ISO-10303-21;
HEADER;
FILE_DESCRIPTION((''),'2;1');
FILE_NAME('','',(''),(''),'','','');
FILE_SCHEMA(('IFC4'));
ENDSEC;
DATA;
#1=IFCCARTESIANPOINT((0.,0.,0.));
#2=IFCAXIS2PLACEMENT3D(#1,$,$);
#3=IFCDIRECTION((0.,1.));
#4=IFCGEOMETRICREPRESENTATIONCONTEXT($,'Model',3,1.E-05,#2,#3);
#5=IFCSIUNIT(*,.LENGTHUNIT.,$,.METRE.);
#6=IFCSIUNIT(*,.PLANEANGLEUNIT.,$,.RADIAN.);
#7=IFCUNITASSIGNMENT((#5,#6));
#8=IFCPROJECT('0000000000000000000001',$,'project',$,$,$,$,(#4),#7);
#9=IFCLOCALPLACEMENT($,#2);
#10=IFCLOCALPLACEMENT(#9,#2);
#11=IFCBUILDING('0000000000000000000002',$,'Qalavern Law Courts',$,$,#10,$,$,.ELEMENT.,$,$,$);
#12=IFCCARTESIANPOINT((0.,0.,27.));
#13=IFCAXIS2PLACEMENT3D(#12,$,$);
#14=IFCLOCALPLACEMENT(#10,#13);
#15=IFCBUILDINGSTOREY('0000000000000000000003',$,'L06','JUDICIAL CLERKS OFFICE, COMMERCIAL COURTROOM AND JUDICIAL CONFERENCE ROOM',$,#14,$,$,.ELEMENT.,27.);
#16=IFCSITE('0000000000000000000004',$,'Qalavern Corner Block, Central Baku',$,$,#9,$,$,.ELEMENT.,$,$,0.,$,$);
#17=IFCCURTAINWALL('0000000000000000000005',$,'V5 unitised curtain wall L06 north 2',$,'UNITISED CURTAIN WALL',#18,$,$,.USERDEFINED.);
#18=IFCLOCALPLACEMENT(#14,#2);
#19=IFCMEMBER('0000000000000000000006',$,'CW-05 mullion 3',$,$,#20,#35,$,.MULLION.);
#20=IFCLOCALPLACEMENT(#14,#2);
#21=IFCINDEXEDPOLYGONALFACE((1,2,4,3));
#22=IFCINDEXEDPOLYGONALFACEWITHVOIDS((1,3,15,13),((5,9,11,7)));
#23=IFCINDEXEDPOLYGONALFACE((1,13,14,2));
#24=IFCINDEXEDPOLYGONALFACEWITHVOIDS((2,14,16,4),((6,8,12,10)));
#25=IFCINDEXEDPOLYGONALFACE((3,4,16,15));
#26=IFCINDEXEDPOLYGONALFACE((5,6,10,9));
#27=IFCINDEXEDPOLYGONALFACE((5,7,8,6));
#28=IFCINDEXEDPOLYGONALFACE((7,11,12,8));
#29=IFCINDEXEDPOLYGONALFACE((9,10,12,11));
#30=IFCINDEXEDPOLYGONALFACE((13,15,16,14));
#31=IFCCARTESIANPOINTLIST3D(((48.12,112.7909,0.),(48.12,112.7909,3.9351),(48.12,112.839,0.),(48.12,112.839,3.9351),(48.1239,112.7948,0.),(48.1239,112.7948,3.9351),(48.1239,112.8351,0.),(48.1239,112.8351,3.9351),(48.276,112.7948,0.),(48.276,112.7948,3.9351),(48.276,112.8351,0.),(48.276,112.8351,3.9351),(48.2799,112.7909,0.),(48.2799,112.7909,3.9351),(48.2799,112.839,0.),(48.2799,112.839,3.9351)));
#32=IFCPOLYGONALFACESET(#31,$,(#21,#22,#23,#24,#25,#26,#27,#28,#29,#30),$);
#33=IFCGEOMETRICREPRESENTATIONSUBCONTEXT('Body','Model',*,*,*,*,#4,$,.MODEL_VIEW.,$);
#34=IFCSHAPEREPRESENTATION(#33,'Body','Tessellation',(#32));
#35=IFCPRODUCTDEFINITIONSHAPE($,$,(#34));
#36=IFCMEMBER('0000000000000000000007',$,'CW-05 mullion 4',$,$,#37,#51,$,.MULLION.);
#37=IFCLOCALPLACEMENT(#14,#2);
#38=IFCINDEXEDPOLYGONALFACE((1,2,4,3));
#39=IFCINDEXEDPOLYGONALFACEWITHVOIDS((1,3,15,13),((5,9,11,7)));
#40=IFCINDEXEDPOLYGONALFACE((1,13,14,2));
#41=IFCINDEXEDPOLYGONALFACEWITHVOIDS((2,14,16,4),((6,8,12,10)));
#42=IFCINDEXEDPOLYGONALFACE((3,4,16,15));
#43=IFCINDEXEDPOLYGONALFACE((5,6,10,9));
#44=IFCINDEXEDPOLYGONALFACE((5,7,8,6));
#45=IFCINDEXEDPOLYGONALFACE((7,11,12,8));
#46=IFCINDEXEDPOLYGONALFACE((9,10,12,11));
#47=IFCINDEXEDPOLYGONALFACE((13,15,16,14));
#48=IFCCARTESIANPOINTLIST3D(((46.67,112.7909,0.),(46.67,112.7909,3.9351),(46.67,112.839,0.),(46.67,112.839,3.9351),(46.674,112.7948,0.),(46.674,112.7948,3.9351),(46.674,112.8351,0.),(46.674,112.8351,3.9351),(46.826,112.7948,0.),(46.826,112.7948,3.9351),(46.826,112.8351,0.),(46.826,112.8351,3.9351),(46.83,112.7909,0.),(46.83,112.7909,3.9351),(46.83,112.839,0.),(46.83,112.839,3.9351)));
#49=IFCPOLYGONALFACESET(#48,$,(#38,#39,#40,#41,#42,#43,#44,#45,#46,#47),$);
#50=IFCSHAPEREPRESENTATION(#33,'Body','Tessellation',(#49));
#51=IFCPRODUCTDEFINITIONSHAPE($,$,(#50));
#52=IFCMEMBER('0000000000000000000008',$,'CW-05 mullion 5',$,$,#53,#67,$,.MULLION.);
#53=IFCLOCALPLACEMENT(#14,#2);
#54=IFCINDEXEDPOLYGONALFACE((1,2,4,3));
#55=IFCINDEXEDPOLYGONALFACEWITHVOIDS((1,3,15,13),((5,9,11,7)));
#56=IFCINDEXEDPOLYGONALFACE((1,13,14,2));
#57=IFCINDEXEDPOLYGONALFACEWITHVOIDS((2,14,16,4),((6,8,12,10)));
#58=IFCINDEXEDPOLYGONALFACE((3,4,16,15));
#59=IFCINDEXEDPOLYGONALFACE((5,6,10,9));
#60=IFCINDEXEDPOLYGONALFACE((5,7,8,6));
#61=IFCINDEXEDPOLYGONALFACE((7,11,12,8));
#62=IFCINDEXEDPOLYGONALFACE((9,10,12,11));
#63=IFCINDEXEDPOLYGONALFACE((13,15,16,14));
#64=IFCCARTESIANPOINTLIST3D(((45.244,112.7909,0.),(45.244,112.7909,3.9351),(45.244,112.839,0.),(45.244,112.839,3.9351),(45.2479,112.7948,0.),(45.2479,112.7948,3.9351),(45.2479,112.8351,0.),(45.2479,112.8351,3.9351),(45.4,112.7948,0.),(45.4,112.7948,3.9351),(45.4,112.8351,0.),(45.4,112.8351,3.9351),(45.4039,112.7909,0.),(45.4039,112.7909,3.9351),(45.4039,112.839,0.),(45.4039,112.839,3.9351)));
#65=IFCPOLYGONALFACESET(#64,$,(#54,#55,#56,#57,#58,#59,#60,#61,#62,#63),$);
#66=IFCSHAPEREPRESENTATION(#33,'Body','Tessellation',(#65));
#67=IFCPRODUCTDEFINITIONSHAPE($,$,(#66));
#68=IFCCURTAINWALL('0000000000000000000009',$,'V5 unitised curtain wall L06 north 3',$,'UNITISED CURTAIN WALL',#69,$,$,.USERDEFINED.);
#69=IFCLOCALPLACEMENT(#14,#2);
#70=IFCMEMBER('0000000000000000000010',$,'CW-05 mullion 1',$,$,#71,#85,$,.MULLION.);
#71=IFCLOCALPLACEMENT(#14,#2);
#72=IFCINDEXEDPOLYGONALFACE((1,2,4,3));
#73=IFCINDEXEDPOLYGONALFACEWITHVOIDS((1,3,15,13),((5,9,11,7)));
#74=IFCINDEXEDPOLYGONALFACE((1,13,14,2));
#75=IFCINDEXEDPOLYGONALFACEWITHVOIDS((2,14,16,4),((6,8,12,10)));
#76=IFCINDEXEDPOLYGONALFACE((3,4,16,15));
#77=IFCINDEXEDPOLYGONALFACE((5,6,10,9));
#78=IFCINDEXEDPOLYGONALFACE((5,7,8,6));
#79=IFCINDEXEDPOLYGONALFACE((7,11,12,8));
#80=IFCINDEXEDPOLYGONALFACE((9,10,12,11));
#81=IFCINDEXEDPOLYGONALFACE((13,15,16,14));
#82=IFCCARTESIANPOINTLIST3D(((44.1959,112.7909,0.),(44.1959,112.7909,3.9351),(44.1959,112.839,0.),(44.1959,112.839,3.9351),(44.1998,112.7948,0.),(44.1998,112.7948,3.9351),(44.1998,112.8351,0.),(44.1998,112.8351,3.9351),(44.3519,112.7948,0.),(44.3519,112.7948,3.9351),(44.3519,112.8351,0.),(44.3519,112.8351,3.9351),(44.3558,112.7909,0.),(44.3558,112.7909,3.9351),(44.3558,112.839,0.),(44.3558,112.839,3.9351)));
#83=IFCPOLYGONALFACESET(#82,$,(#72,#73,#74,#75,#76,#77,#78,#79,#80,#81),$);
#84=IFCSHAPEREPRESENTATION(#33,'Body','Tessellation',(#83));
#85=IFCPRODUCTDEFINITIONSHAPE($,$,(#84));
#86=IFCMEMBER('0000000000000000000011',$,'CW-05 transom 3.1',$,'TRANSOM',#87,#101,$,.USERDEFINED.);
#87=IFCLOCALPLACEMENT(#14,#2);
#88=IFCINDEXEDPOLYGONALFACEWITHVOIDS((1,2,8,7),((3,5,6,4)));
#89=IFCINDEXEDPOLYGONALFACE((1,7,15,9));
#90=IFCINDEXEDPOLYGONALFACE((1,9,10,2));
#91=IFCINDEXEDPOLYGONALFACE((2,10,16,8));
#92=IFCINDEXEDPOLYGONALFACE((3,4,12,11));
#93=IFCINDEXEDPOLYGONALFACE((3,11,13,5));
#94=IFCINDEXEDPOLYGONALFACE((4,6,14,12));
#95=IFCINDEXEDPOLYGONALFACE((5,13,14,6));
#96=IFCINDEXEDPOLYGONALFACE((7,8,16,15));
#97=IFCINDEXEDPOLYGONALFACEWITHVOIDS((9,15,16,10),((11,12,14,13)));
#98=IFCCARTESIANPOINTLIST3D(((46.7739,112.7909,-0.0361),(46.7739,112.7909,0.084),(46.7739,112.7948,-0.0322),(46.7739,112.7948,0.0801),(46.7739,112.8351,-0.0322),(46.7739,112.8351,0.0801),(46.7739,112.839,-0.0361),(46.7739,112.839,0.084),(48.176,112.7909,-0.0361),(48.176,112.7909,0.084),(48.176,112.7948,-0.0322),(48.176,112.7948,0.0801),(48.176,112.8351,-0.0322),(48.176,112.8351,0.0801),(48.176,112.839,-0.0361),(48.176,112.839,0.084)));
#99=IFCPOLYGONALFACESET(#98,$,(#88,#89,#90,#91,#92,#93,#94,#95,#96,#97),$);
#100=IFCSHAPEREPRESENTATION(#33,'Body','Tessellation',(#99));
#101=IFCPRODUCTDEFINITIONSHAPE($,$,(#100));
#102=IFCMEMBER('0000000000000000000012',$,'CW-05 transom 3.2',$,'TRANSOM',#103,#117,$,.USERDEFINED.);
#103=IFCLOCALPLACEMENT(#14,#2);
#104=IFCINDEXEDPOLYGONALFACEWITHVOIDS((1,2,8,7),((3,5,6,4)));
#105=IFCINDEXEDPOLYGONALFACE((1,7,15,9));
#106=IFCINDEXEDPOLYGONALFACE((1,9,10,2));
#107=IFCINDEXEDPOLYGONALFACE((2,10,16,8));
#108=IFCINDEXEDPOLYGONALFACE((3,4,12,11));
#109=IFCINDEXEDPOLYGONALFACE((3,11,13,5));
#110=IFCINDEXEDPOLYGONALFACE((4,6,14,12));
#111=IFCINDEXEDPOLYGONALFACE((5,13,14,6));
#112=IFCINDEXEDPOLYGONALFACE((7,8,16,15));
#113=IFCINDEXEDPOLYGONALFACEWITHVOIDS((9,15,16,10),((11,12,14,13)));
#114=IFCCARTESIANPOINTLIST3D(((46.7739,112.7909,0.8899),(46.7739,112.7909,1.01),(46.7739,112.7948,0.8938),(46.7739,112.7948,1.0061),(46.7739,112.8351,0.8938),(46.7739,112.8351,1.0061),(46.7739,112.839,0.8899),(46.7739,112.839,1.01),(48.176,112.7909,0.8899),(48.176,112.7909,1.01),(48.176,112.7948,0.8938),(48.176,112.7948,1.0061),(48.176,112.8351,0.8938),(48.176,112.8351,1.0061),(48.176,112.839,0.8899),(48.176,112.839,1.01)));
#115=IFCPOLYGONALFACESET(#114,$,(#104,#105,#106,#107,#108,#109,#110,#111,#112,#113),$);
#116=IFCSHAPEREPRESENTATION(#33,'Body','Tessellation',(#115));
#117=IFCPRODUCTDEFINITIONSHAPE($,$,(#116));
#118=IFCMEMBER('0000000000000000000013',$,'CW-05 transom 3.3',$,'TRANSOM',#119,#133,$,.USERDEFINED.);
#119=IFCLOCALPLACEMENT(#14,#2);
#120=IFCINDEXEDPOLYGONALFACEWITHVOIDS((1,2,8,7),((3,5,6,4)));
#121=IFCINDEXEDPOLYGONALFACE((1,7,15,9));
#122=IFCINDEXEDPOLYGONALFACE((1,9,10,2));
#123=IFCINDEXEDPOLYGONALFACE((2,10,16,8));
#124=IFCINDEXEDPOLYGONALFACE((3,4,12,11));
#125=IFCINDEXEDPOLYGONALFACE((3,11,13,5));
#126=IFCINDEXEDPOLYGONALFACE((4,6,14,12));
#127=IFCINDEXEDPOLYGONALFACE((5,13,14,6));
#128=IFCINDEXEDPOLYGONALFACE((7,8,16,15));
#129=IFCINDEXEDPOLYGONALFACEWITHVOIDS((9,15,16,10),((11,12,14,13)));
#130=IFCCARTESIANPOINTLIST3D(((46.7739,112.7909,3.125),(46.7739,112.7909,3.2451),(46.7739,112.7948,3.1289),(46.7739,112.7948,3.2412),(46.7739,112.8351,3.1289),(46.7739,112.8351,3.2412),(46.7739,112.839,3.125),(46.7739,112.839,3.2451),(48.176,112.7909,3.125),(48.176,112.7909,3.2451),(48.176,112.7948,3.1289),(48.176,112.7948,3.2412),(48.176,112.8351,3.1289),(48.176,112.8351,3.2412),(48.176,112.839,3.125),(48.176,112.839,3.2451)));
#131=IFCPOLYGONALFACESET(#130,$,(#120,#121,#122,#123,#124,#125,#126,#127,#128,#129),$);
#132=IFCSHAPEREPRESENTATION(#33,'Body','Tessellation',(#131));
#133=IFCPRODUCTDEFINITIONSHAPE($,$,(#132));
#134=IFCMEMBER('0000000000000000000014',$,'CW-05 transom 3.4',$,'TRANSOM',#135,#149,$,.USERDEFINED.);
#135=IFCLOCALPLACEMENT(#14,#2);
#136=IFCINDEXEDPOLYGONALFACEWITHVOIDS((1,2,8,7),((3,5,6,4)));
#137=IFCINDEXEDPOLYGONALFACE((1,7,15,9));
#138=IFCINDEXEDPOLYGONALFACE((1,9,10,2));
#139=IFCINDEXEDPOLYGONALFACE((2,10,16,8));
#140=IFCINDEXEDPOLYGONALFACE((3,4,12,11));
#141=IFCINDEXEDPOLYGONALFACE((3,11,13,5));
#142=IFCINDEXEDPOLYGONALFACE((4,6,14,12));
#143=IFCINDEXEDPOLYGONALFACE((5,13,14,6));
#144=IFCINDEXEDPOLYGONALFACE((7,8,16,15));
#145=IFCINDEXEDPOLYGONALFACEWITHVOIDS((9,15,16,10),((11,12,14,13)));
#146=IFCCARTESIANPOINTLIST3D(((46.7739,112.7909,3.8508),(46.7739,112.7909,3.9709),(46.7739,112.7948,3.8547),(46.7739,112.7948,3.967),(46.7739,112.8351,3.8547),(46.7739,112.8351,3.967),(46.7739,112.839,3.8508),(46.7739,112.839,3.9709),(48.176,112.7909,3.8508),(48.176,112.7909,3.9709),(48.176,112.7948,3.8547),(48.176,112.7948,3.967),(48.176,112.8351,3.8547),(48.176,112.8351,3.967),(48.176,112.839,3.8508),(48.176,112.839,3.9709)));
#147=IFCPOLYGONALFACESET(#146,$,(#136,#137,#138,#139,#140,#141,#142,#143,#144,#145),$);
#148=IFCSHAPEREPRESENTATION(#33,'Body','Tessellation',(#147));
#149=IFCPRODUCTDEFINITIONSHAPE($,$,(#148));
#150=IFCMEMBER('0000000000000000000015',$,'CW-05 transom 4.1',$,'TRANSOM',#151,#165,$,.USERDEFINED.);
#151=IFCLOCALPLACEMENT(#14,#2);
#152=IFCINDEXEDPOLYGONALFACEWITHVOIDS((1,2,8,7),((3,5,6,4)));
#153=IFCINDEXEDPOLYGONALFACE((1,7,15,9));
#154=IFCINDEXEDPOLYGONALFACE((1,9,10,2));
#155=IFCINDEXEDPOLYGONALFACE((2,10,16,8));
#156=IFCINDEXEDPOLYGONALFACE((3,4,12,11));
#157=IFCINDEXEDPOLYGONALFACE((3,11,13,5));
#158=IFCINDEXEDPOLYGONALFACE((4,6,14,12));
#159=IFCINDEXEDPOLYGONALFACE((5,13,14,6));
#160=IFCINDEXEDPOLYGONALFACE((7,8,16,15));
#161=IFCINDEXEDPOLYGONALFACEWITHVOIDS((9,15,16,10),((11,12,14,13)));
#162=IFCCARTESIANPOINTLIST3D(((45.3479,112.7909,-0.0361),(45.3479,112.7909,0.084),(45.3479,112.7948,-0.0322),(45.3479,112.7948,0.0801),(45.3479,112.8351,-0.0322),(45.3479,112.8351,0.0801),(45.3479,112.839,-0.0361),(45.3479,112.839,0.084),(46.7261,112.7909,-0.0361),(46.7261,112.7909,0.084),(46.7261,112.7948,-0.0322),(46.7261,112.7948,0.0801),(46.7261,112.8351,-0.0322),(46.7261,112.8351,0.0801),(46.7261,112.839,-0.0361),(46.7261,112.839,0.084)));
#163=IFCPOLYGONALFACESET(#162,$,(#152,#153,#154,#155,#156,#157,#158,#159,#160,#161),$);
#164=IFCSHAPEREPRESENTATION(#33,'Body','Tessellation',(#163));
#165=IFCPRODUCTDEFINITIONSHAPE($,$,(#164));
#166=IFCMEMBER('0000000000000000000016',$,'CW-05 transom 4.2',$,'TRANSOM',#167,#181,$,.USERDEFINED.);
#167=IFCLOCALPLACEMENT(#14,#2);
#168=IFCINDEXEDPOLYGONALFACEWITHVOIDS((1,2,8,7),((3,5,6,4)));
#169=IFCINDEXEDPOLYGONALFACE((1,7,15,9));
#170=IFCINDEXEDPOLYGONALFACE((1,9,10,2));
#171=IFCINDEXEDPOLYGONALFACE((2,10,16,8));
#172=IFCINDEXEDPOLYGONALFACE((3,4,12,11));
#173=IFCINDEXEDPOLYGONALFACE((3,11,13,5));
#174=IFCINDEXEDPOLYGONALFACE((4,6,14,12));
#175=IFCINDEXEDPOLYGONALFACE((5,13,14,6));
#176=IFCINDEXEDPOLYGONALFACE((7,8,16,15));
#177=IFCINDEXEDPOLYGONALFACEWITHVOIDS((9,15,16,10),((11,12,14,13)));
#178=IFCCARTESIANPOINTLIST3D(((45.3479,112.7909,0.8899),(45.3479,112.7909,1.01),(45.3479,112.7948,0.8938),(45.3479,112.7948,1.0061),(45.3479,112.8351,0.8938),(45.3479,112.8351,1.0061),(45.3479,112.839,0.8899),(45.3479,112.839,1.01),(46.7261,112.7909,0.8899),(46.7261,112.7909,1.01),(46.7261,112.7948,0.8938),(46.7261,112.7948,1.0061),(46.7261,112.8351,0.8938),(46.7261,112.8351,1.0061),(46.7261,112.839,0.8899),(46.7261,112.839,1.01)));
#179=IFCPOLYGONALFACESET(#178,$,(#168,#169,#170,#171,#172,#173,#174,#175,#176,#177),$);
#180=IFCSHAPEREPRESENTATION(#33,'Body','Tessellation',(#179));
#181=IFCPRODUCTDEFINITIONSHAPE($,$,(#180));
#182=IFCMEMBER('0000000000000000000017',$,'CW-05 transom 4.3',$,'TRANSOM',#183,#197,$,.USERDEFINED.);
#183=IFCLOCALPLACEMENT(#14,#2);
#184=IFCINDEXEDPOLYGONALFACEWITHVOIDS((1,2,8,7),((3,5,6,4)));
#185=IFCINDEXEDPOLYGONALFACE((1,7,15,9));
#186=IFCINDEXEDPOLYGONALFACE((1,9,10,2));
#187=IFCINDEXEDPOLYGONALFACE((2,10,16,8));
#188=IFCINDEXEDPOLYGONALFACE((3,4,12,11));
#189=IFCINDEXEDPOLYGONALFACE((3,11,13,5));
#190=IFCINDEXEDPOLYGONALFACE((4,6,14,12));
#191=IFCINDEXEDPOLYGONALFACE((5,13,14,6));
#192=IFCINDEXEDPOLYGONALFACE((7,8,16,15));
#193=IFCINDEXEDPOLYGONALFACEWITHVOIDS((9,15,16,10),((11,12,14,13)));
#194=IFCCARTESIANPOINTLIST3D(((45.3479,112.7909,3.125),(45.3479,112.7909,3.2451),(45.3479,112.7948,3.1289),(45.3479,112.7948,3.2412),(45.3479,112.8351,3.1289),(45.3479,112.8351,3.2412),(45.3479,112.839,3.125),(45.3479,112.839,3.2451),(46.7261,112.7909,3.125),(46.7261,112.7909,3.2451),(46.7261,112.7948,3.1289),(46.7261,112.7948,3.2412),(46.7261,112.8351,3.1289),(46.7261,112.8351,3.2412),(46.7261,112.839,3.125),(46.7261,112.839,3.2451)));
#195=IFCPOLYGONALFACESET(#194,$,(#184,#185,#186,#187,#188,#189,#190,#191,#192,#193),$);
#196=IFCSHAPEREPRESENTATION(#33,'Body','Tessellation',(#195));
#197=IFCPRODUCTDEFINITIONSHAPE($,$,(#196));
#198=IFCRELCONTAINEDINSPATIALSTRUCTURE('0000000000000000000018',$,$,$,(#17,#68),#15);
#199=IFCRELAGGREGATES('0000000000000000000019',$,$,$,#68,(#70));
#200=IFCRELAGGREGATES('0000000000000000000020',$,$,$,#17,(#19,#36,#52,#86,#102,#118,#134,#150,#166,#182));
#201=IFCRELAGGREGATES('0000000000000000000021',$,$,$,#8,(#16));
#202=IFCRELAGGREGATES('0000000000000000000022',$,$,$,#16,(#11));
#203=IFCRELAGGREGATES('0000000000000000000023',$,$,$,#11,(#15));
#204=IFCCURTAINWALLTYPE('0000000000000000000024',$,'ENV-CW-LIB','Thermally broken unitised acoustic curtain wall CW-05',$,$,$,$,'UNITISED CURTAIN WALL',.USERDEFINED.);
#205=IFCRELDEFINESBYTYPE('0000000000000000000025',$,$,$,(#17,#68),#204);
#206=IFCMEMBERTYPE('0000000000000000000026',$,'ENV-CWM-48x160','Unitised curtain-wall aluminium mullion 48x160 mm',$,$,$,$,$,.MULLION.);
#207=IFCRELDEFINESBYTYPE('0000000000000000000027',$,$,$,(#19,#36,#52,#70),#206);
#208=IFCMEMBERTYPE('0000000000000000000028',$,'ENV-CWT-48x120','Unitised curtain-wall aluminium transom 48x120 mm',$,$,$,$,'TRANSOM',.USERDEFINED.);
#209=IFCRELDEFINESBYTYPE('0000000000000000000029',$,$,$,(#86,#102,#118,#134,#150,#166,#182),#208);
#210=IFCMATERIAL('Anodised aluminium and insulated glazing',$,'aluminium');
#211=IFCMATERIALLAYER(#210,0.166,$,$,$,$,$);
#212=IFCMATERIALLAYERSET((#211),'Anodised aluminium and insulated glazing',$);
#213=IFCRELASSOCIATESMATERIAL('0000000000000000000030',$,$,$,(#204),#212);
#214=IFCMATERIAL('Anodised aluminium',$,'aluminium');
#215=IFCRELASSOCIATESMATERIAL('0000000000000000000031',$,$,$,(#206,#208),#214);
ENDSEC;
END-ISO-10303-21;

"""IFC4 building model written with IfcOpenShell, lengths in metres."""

from ifc_helpers import new_model, si_unit, direction, frame, origin, origin_2d, place, context, subcontext, project, spatial, hollow_rectangle, extrude, material, layer, layer_set, material_profile, profile_set, type_object, element, aggregate, save


model = new_model("IFC4")

# Units and contexts
model_context = context("Model", 3, precision=1e-05, world=origin(), true_north=direction((0.0, 1.0)))
body_context = subcontext(model_context, "Body", "Model", "MODEL_VIEW")
ifc_project = project(units=[si_unit("LENGTHUNIT", "METRE"), si_unit("PLANEANGLEUNIT", "RADIAN")], contexts=[model_context])

# Site, building, storey
site_placement = place(None, origin())
site = spatial("IfcSite", under=ifc_project, at=site_placement, Name="Qalavern Corner Block, Central Baku", CompositionType="ELEMENT", RefElevation=0.0)
building_placement = place(site_placement, origin())
building = spatial("IfcBuilding", under=site, at=building_placement, Name="Qalavern Law Courts", CompositionType="ELEMENT")
storey_placement = place(building_placement, frame((0.0, 0.0, 27.0)))
storey = spatial("IfcBuildingStorey", under=building, at=storey_placement, Name="L06", Description="JUDICIAL CLERKS OFFICE, COMMERCIAL COURTROOM AND JUDICIAL CONFERENCE ROOM", CompositionType="ELEMENT", Elevation=27.0)

# Curtain wall, members
ifc_material_1 = material(Name="Anodised aluminium and insulated glazing", Category="aluminium")
ifc_layer_1 = layer(ifc_material_1, 0.166)
ifc_layer_set_1 = layer_set([ifc_layer_1], Name="Anodised aluminium and insulated glazing")
curtain_wall_type = type_object("IfcCurtainWallType", Name="ENV-CW-LIB", Description="Thermally broken unitised acoustic curtain wall CW-05", ElementType="UNITISED CURTAIN WALL", PredefinedType="USERDEFINED", material=ifc_layer_set_1)
curtain_wall_1_placement = place(storey_placement, origin())
curtain_wall_1 = element("IfcCurtainWall", 1, at=curtain_wall_1_placement, inside=storey, type_object=curtain_wall_type, Name="V5 unitised curtain wall L06 north 2", ObjectType="UNITISED CURTAIN WALL", PredefinedType="USERDEFINED")
ifc_material_2 = material(Name="Anodised aluminium", Category="aluminium")
ifc_material_profile_1 = material_profile(ifc_material_2, hollow_rectangle(XDim=0.0481, YDim=0.1599, WallThickness=0.0039, at=origin_2d()), Name="ALU MULLION 48x160")
ifc_profile_set_1 = profile_set([ifc_material_profile_1], Name="Anodised aluminium")
member_type_1 = type_object("IfcMemberType", Name="ENV-CWM-48x160", Description="Unitised curtain-wall aluminium mullion 48x160 mm", PredefinedType="MULLION", material=ifc_profile_set_1)
member_1_placement = place(storey_placement, frame((48.2, 112.8149, 0.0), z_axis=(0.0, 0.0, 1.0), x_axis=(0.0, -1.0, 0.0)))
member_1 = element("IfcMember", 2, at=member_1_placement, type_object=member_type_1, Name="CW-05 mullion 3", PredefinedType="MULLION", context=body_context, shape_type="SweptSolid", body=[
    extrude(hollow_rectangle(XDim=0.0481, YDim=0.1599, WallThickness=0.0039, at=origin_2d()), origin(), (0.0, 0.0, 1.0), 3.9351),
])
member_2_placement = place(storey_placement, frame((46.75, 112.8149, 0.0), z_axis=(0.0, 0.0, 1.0), x_axis=(0.0, -1.0, 0.0)))
member_2 = element("IfcMember", 3, at=member_2_placement, type_object=member_type_1, Name="CW-05 mullion 4", PredefinedType="MULLION", context=body_context, shape_type="SweptSolid", body=[
    extrude(hollow_rectangle(XDim=0.0481, YDim=0.1599, WallThickness=0.0039, at=origin_2d()), origin(), (0.0, 0.0, 1.0), 3.9351),
])
member_3_placement = place(storey_placement, frame((45.324, 112.8149, 0.0), z_axis=(0.0, 0.0, 1.0), x_axis=(0.0, -1.0, 0.0)))
member_3 = element("IfcMember", 4, at=member_3_placement, type_object=member_type_1, Name="CW-05 mullion 5", PredefinedType="MULLION", context=body_context, shape_type="SweptSolid", body=[
    extrude(hollow_rectangle(XDim=0.0481, YDim=0.1599, WallThickness=0.0039, at=origin_2d()), origin(), (0.0, 0.0, 1.0), 3.9351),
])

# Curtain wall, member
curtain_wall_2_placement = place(storey_placement, origin())
curtain_wall_2 = element("IfcCurtainWall", 5, at=curtain_wall_2_placement, inside=storey, type_object=curtain_wall_type, Name="V5 unitised curtain wall L06 north 3", ObjectType="UNITISED CURTAIN WALL", PredefinedType="USERDEFINED")
member_4_placement = place(storey_placement, frame((44.2759, 112.8149, 0.0), z_axis=(0.0, 0.0, 1.0), x_axis=(0.0, -1.0, 0.0)))
member_4 = element("IfcMember", 6, at=member_4_placement, type_object=member_type_1, Name="CW-05 mullion 1", PredefinedType="MULLION", context=body_context, shape_type="SweptSolid", body=[
    extrude(hollow_rectangle(XDim=0.0481, YDim=0.1599, WallThickness=0.0039, at=origin_2d()), origin(), (0.0, 0.0, 1.0), 3.9351),
])

# Members
ifc_material_profile_2 = material_profile(ifc_material_2, hollow_rectangle(XDim=0.0481, YDim=0.1201, WallThickness=0.0039, at=origin_2d()), Name="ALU TRANSOM 48x120")
ifc_profile_set_2 = profile_set([ifc_material_profile_2], Name="Anodised aluminium")
member_type_2 = type_object("IfcMemberType", Name="ENV-CWT-48x120", Description="Unitised curtain-wall aluminium transom 48x120 mm", ElementType="TRANSOM", PredefinedType="USERDEFINED", material=ifc_profile_set_2)
member_5_placement = place(storey_placement, frame((48.176, 112.8149, 0.0239), z_axis=(-1.0, 0.0, 0.0), x_axis=(0.0, -1.0, 0.0)))
member_5 = element("IfcMember", 7, at=member_5_placement, type_object=member_type_2, Name="CW-05 transom 3.1", ObjectType="TRANSOM", PredefinedType="USERDEFINED", context=body_context, shape_type="SweptSolid", body=[
    extrude(hollow_rectangle(XDim=0.0481, YDim=0.1201, WallThickness=0.0039, at=origin_2d()), origin(), (0.0, 0.0, 1.0), 1.4021),
])
member_6_placement = place(storey_placement, frame((48.176, 112.8149, 0.95), z_axis=(-1.0, 0.0, 0.0), x_axis=(0.0, -1.0, 0.0)))
member_6 = element("IfcMember", 8, at=member_6_placement, type_object=member_type_2, Name="CW-05 transom 3.2", ObjectType="TRANSOM", PredefinedType="USERDEFINED", context=body_context, shape_type="SweptSolid", body=[
    extrude(hollow_rectangle(XDim=0.0481, YDim=0.1201, WallThickness=0.0039, at=origin_2d()), origin(), (0.0, 0.0, 1.0), 1.4021),
])
member_7_placement = place(storey_placement, frame((48.176, 112.8149, 3.1851), z_axis=(-1.0, 0.0, 0.0), x_axis=(0.0, -1.0, 0.0)))
member_7 = element("IfcMember", 9, at=member_7_placement, type_object=member_type_2, Name="CW-05 transom 3.3", ObjectType="TRANSOM", PredefinedType="USERDEFINED", context=body_context, shape_type="SweptSolid", body=[
    extrude(hollow_rectangle(XDim=0.0481, YDim=0.1201, WallThickness=0.0039, at=origin_2d()), origin(), (0.0, 0.0, 1.0), 1.4021),
])
member_8_placement = place(storey_placement, frame((48.176, 112.8149, 3.9109), z_axis=(-1.0, 0.0, 0.0), x_axis=(0.0, -1.0, 0.0)))
member_8 = element("IfcMember", 10, at=member_8_placement, type_object=member_type_2, Name="CW-05 transom 3.4", ObjectType="TRANSOM", PredefinedType="USERDEFINED", context=body_context, shape_type="SweptSolid", body=[
    extrude(hollow_rectangle(XDim=0.0481, YDim=0.1201, WallThickness=0.0039, at=origin_2d()), origin(), (0.0, 0.0, 1.0), 1.4021),
])
member_9_placement = place(storey_placement, frame((46.7261, 112.8149, 0.0239), z_axis=(-1.0, 0.0, 0.0), x_axis=(0.0, -1.0, 0.0)))
member_9 = element("IfcMember", 11, at=member_9_placement, type_object=member_type_2, Name="CW-05 transom 4.1", ObjectType="TRANSOM", PredefinedType="USERDEFINED", context=body_context, shape_type="SweptSolid", body=[
    extrude(hollow_rectangle(XDim=0.0481, YDim=0.1201, WallThickness=0.0039, at=origin_2d()), origin(), (0.0, 0.0, 1.0), 1.3782),
])
member_10_placement = place(storey_placement, frame((46.7261, 112.8149, 0.95), z_axis=(-1.0, 0.0, 0.0), x_axis=(0.0, -1.0, 0.0)))
member_10 = element("IfcMember", 12, at=member_10_placement, type_object=member_type_2, Name="CW-05 transom 4.2", ObjectType="TRANSOM", PredefinedType="USERDEFINED", context=body_context, shape_type="SweptSolid", body=[
    extrude(hollow_rectangle(XDim=0.0481, YDim=0.1201, WallThickness=0.0039, at=origin_2d()), origin(), (0.0, 0.0, 1.0), 1.3782),
])
member_11_placement = place(storey_placement, frame((46.7261, 112.8149, 3.1851), z_axis=(-1.0, 0.0, 0.0), x_axis=(0.0, -1.0, 0.0)))
member_11 = element("IfcMember", 13, at=member_11_placement, type_object=member_type_2, Name="CW-05 transom 4.3", ObjectType="TRANSOM", PredefinedType="USERDEFINED", context=body_context, shape_type="SweptSolid", body=[
    extrude(hollow_rectangle(XDim=0.0481, YDim=0.1201, WallThickness=0.0039, at=origin_2d()), origin(), (0.0, 0.0, 1.0), 1.3782),
])
aggregate(curtain_wall_2, [member_4])

aggregate(curtain_wall_1, [member_1, member_2, member_3, member_5, member_6, member_7, member_8, member_9, member_10, member_11])

save(model, "model.ifc")
